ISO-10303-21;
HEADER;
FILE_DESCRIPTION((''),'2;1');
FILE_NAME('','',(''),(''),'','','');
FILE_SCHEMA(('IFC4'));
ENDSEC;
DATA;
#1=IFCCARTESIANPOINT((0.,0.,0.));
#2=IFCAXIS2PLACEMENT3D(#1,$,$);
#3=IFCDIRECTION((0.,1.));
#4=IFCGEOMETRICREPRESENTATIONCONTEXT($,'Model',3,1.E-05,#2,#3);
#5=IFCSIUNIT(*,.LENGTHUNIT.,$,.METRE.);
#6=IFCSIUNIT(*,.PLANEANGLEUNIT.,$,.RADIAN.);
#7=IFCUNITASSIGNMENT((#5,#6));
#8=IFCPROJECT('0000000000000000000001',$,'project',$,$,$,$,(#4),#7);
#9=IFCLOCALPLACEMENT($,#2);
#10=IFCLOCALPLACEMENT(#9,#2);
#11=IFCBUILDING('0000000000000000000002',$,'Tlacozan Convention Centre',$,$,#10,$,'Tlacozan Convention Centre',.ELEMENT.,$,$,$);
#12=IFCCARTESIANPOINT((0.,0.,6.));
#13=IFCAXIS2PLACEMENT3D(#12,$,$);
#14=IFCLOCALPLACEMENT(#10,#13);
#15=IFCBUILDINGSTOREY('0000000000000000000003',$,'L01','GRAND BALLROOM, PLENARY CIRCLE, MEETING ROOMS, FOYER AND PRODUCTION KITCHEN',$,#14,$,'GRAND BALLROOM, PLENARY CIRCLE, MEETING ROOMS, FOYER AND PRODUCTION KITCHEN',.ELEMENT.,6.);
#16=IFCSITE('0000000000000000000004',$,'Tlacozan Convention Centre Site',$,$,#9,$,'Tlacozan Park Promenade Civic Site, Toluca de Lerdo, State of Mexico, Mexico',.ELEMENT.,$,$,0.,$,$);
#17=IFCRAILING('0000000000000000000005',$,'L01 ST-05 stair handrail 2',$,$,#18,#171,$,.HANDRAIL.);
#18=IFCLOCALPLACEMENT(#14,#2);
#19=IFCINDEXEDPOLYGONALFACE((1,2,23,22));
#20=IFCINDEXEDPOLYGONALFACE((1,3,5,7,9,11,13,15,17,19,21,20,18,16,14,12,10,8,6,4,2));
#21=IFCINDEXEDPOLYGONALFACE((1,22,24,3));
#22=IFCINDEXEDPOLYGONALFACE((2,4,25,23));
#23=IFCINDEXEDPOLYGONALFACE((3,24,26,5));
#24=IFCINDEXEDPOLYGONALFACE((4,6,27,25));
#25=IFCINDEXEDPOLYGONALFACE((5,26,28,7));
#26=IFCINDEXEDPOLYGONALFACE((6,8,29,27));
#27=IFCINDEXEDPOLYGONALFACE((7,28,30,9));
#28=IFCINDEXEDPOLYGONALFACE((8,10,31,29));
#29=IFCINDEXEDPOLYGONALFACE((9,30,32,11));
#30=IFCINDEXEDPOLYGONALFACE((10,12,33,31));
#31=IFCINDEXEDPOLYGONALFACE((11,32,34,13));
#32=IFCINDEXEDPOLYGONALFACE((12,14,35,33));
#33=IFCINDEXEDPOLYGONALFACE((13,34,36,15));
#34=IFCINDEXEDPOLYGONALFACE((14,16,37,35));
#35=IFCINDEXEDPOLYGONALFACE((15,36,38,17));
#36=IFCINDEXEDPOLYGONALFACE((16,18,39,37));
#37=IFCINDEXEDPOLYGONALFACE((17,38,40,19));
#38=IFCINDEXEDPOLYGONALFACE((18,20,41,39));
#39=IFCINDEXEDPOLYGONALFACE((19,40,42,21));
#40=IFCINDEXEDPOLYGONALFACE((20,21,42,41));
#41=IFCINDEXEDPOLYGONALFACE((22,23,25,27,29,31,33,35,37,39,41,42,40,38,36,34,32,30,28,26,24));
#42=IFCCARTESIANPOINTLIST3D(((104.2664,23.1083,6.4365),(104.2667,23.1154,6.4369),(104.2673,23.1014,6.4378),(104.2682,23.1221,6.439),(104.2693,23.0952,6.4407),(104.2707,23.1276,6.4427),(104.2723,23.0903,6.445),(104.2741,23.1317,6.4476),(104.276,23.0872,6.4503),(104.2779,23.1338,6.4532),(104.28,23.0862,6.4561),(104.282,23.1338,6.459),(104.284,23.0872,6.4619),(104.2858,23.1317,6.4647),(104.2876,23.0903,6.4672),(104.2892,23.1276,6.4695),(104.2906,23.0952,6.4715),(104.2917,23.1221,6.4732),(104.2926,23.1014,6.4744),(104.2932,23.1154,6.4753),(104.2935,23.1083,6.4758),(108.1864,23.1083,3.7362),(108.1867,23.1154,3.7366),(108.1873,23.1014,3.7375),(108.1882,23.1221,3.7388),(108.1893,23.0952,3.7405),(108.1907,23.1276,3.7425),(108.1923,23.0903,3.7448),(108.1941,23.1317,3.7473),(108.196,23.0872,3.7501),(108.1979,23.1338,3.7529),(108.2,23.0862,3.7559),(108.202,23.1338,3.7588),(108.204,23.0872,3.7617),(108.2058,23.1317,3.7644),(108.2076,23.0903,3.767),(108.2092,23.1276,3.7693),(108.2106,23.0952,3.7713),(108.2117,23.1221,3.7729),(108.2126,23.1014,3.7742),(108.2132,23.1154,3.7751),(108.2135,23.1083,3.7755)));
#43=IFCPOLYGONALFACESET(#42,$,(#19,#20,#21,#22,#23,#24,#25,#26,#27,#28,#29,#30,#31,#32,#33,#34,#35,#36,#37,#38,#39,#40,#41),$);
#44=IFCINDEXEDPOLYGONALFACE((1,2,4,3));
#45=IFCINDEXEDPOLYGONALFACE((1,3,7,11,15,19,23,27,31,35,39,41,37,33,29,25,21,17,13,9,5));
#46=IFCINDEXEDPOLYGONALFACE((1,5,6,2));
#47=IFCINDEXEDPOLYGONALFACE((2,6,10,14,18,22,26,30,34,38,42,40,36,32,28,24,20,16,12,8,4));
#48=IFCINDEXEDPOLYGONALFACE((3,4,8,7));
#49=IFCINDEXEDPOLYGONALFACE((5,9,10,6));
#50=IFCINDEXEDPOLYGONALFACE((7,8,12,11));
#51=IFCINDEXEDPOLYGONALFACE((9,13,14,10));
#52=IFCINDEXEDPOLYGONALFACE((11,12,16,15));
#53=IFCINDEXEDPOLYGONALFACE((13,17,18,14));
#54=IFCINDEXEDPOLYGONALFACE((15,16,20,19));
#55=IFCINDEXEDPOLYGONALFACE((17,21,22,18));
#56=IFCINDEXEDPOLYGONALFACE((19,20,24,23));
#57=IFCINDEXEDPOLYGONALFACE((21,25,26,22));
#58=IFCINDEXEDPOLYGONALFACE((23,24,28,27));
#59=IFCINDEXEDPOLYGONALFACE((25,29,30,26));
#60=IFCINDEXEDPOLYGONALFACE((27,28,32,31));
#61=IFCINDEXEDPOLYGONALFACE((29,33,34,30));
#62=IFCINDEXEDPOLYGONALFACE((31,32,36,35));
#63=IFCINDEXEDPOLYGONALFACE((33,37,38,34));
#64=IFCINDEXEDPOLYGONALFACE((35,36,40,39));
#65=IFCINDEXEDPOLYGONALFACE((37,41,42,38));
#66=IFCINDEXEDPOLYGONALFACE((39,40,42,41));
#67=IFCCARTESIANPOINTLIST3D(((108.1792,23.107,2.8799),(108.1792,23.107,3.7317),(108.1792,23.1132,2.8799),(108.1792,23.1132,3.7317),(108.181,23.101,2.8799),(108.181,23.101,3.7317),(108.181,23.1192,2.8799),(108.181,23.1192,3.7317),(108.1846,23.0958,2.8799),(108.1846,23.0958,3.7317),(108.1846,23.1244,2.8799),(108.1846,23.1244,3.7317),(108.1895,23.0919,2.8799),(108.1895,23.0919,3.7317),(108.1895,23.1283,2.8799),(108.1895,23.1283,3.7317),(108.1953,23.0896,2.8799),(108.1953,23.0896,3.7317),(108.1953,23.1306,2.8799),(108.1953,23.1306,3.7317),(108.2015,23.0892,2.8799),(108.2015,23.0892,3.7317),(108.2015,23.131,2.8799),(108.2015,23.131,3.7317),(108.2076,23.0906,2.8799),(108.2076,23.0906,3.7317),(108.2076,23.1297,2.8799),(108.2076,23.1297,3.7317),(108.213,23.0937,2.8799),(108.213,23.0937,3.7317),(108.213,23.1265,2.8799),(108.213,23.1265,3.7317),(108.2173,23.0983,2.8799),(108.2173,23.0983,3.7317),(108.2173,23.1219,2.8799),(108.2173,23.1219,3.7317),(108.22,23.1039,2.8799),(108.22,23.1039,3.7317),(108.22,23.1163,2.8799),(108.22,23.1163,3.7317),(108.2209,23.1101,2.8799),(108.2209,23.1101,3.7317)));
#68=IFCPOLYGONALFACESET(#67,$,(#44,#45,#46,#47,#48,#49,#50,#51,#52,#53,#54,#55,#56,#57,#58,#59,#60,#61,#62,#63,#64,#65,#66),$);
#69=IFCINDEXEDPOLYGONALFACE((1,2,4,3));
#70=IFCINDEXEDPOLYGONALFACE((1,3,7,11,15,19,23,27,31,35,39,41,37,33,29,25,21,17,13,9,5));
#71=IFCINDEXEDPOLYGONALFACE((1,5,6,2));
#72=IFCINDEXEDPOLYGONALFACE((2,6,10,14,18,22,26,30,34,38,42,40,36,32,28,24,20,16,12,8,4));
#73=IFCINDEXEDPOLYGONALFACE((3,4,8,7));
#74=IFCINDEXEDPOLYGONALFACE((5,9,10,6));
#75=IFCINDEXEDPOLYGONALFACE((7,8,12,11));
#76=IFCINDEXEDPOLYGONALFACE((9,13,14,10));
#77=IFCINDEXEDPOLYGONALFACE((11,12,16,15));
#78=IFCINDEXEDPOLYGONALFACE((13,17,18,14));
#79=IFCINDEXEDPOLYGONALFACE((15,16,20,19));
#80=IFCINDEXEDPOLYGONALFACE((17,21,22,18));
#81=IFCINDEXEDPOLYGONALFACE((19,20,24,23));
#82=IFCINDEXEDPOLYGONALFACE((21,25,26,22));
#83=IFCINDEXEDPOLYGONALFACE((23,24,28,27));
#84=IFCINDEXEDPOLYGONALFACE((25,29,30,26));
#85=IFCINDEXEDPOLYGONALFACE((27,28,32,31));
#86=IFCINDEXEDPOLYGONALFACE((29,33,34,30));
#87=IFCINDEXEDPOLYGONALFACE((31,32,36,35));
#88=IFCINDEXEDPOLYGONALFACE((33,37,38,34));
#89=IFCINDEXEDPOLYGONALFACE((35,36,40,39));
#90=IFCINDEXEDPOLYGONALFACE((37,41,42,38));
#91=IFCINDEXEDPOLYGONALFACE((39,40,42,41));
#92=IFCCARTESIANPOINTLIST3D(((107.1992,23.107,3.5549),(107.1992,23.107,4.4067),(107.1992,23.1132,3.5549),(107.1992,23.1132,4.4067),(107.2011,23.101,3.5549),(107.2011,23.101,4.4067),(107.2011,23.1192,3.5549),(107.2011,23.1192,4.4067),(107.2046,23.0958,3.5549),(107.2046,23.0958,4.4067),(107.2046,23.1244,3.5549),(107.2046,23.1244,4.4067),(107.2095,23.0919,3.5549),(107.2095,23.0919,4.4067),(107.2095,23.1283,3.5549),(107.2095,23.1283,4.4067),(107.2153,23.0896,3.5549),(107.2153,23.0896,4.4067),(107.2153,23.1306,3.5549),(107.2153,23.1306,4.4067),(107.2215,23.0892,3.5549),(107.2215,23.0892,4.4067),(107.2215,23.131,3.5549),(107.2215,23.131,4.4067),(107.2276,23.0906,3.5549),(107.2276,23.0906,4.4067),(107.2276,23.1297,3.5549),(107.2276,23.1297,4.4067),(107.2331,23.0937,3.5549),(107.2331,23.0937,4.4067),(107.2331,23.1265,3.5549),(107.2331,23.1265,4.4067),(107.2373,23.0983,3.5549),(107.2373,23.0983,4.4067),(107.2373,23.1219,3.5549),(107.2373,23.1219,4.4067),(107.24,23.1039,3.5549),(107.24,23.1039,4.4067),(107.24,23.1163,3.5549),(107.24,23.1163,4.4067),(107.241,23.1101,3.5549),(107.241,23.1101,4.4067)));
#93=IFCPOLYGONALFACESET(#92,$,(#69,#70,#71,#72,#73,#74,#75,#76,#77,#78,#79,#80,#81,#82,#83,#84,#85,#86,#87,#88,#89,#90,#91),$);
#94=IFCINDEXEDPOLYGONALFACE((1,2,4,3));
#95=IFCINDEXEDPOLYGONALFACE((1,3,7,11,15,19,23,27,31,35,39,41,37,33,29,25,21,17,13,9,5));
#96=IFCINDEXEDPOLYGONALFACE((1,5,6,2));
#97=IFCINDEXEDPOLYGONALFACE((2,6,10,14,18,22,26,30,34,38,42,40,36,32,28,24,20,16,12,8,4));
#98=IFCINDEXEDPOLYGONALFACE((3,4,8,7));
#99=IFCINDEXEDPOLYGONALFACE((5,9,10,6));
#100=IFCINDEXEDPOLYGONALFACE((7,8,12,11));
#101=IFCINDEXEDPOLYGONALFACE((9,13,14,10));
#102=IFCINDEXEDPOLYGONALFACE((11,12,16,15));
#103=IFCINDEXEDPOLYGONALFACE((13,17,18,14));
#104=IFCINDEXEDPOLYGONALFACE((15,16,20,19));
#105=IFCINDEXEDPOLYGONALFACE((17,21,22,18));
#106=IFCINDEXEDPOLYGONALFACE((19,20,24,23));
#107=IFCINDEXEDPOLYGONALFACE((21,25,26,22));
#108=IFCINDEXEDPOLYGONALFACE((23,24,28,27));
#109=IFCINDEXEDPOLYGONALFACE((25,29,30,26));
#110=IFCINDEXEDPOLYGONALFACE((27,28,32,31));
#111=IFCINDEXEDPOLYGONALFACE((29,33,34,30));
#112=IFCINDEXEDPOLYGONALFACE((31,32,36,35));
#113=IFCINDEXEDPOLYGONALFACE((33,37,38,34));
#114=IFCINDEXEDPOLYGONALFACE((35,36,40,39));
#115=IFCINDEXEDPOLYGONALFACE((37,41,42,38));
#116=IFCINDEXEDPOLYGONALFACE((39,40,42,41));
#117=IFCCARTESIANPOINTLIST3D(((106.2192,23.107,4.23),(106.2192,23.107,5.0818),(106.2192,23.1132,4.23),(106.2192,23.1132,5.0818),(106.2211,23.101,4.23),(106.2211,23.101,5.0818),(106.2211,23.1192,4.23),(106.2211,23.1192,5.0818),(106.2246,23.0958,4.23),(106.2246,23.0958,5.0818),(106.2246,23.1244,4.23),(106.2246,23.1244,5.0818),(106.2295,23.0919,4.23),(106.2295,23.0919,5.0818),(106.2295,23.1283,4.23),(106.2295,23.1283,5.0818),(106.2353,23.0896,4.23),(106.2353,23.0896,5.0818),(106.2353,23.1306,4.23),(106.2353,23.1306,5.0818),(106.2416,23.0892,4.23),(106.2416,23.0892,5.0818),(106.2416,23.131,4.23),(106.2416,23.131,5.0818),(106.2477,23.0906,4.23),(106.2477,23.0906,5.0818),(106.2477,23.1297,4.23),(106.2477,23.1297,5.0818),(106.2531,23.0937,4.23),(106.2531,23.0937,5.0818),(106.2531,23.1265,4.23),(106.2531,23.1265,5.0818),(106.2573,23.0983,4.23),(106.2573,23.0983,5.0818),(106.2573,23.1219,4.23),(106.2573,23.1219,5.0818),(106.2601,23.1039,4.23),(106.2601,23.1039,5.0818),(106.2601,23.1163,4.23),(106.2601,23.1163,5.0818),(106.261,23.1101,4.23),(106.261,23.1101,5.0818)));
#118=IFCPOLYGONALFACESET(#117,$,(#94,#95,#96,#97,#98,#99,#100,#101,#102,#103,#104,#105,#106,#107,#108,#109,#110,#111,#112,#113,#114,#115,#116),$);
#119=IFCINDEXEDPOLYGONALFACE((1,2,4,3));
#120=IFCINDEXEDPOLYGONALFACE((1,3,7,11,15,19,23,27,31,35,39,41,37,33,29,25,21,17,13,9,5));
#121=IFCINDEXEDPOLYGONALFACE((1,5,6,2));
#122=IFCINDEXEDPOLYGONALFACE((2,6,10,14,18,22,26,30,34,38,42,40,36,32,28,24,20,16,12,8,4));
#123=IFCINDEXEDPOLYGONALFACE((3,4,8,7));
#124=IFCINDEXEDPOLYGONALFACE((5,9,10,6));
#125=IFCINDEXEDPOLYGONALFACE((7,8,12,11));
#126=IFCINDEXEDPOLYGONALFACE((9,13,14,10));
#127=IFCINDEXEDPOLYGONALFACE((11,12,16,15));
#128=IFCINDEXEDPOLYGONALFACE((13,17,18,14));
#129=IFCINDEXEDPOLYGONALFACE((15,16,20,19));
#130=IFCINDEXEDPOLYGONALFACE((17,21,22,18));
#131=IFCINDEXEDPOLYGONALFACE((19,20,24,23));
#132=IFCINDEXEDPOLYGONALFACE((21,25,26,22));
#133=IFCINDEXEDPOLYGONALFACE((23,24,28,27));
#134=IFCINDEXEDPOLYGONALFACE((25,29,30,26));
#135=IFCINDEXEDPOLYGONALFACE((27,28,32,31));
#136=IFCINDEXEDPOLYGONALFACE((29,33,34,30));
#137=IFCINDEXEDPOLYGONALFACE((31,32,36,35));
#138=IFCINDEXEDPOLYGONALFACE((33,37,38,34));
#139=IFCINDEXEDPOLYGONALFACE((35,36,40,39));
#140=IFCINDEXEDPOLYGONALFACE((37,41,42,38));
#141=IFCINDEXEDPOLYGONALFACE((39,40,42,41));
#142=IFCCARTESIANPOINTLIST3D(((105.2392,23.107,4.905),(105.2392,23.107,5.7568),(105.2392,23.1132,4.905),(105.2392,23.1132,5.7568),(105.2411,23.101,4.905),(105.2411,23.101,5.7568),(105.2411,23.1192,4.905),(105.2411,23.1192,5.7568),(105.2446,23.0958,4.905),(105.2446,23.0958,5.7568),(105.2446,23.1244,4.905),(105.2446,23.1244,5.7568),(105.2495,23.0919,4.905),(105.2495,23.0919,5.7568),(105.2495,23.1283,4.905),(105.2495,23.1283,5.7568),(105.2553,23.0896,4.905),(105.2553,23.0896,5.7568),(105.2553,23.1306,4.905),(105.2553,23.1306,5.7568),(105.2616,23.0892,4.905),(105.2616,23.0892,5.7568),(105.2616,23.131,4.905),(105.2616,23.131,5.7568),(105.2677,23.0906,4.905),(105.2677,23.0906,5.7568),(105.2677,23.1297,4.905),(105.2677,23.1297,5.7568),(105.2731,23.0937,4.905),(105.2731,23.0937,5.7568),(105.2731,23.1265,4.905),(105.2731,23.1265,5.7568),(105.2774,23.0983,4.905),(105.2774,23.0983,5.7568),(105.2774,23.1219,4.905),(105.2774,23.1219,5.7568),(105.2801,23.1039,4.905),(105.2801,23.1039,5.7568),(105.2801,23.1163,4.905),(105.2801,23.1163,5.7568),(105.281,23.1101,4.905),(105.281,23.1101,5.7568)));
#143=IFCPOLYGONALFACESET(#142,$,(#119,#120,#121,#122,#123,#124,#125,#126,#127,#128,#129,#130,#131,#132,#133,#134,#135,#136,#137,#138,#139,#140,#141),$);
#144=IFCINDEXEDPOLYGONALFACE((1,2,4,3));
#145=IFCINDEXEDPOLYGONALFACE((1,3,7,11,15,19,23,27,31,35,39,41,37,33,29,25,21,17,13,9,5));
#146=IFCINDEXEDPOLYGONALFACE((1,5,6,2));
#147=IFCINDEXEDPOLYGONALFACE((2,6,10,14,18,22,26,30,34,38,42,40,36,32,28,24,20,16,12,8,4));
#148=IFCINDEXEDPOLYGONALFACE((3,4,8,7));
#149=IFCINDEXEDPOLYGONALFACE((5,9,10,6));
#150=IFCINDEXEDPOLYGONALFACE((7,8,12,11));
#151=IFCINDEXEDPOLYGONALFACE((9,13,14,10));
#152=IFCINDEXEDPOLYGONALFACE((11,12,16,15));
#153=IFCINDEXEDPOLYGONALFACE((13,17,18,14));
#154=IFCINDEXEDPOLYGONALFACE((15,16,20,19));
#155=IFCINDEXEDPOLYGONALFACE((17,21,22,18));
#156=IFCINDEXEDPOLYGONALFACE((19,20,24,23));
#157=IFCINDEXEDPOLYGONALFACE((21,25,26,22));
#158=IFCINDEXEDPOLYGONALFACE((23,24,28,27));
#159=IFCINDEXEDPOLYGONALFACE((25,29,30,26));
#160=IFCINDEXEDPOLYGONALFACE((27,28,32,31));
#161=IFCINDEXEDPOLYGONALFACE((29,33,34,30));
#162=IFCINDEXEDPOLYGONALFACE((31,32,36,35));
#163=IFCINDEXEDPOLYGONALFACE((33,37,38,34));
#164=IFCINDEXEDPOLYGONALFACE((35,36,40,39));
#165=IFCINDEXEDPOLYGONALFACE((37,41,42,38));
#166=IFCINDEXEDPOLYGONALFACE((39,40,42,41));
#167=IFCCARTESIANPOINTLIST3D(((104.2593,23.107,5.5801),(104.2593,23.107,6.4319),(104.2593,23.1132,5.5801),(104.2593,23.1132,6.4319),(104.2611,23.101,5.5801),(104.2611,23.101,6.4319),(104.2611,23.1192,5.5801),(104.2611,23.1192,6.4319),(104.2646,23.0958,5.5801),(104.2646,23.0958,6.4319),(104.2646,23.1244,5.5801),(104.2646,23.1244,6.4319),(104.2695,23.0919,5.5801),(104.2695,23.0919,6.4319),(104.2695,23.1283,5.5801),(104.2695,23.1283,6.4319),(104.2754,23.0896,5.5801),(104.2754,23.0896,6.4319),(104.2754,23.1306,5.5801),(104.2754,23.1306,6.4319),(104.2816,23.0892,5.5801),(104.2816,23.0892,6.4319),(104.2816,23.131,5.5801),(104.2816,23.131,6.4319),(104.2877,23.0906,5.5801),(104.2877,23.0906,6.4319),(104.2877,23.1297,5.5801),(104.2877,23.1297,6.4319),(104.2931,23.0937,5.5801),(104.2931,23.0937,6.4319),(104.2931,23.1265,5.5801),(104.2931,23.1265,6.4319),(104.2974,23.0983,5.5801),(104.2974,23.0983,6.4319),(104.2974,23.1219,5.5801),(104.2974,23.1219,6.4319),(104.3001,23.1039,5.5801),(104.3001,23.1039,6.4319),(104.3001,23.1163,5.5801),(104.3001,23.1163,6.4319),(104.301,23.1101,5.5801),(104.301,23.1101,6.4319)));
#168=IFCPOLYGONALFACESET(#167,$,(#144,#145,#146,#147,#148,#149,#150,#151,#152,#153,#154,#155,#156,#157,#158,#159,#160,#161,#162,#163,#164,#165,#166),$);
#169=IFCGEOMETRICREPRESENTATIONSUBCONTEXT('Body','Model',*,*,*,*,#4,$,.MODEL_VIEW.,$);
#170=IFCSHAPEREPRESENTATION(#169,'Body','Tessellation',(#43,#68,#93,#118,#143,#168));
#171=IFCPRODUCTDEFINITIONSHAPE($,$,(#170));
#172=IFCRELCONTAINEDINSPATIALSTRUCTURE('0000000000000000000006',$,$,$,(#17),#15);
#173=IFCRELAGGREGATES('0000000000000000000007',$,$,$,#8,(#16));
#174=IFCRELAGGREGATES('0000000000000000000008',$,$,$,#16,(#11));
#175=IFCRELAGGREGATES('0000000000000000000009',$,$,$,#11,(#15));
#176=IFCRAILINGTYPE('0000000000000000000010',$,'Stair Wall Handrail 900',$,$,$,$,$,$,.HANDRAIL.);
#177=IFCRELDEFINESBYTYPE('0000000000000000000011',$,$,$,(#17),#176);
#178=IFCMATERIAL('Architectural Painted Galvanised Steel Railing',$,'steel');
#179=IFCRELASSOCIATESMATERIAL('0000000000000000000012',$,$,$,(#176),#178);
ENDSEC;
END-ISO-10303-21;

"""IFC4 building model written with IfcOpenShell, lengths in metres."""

from ifc_helpers import new_model, si_unit, direction, frame, origin, origin_2d, place, context, subcontext, project, spatial, circle, extrude, material, type_object, element, save


model = new_model("IFC4")

# Units and contexts
model_context = context("Model", 3, precision=1e-05, world=origin(), true_north=direction((0.0, 1.0)))
body_context = subcontext(model_context, "Body", "Model", "MODEL_VIEW")
ifc_project = project(units=[si_unit("LENGTHUNIT", "METRE"), si_unit("PLANEANGLEUNIT", "RADIAN")], contexts=[model_context])

# Site, building, storey
site_placement = place(None, origin())
site = spatial("IfcSite", under=ifc_project, at=site_placement, Name="Tlacozan Convention Centre Site", LongName="Tlacozan Park Promenade Civic Site, Toluca de Lerdo, State of Mexico, Mexico", CompositionType="ELEMENT", RefElevation=0.0)
building_placement = place(site_placement, origin())
building = spatial("IfcBuilding", under=site, at=building_placement, Name="Tlacozan Convention Centre", LongName="Tlacozan Convention Centre", CompositionType="ELEMENT")
storey_placement = place(building_placement, frame((0.0, 0.0, 6.0)))
storey = spatial("IfcBuildingStorey", under=building, at=storey_placement, Name="L01", Description="GRAND BALLROOM, PLENARY CIRCLE, MEETING ROOMS, FOYER AND PRODUCTION KITCHEN", LongName="GRAND BALLROOM, PLENARY CIRCLE, MEETING ROOMS, FOYER AND PRODUCTION KITCHEN", CompositionType="ELEMENT", Elevation=6.0)

# Railing
ifc_material_1 = material(Name="Architectural Painted Galvanised Steel Railing", Category="steel")
railing_type_1 = type_object("IfcRailingType", Name="Stair Wall Handrail 900", PredefinedType="HANDRAIL", material=ifc_material_1)
railing_1_placement = place(storey_placement, frame((108.2, 23.1101, 2.8799)))
element("IfcRailing", 1, at=railing_1_placement, inside=storey, type_object=railing_type_1, Name="L01 ST-05 stair handrail 2", PredefinedType="HANDRAIL", context=body_context, shape_type="SweptSolid", body=[
    extrude(circle(Radius=0.0239, at=origin_2d()), frame((0.0, 0.0, 0.876), z_axis=(-0.823527, 0.0, 0.567277), x_axis=(0.0, -1.0, 0.0)), (0.0, 0.0, 1.0), 4.76),
    extrude(circle(Radius=0.021, at=origin_2d()), origin(), (0.0, 0.0, 1.0), 0.8518),
    extrude(circle(Radius=0.021, at=origin_2d()), frame((-0.98, 0.0, 0.675)), (0.0, 0.0, 1.0), 0.8518),
    extrude(circle(Radius=0.021, at=origin_2d()), frame((-1.96, 0.0, 1.3501)), (0.0, 0.0, 1.0), 0.8518),
    extrude(circle(Radius=0.021, at=origin_2d()), frame((-2.9399, 0.0, 2.0251)), (0.0, 0.0, 1.0), 0.8518),
    extrude(circle(Radius=0.021, at=origin_2d()), frame((-3.9199, 0.0, 2.7002)), (0.0, 0.0, 1.0), 0.8518),
])

save(model, "model.ifc")
